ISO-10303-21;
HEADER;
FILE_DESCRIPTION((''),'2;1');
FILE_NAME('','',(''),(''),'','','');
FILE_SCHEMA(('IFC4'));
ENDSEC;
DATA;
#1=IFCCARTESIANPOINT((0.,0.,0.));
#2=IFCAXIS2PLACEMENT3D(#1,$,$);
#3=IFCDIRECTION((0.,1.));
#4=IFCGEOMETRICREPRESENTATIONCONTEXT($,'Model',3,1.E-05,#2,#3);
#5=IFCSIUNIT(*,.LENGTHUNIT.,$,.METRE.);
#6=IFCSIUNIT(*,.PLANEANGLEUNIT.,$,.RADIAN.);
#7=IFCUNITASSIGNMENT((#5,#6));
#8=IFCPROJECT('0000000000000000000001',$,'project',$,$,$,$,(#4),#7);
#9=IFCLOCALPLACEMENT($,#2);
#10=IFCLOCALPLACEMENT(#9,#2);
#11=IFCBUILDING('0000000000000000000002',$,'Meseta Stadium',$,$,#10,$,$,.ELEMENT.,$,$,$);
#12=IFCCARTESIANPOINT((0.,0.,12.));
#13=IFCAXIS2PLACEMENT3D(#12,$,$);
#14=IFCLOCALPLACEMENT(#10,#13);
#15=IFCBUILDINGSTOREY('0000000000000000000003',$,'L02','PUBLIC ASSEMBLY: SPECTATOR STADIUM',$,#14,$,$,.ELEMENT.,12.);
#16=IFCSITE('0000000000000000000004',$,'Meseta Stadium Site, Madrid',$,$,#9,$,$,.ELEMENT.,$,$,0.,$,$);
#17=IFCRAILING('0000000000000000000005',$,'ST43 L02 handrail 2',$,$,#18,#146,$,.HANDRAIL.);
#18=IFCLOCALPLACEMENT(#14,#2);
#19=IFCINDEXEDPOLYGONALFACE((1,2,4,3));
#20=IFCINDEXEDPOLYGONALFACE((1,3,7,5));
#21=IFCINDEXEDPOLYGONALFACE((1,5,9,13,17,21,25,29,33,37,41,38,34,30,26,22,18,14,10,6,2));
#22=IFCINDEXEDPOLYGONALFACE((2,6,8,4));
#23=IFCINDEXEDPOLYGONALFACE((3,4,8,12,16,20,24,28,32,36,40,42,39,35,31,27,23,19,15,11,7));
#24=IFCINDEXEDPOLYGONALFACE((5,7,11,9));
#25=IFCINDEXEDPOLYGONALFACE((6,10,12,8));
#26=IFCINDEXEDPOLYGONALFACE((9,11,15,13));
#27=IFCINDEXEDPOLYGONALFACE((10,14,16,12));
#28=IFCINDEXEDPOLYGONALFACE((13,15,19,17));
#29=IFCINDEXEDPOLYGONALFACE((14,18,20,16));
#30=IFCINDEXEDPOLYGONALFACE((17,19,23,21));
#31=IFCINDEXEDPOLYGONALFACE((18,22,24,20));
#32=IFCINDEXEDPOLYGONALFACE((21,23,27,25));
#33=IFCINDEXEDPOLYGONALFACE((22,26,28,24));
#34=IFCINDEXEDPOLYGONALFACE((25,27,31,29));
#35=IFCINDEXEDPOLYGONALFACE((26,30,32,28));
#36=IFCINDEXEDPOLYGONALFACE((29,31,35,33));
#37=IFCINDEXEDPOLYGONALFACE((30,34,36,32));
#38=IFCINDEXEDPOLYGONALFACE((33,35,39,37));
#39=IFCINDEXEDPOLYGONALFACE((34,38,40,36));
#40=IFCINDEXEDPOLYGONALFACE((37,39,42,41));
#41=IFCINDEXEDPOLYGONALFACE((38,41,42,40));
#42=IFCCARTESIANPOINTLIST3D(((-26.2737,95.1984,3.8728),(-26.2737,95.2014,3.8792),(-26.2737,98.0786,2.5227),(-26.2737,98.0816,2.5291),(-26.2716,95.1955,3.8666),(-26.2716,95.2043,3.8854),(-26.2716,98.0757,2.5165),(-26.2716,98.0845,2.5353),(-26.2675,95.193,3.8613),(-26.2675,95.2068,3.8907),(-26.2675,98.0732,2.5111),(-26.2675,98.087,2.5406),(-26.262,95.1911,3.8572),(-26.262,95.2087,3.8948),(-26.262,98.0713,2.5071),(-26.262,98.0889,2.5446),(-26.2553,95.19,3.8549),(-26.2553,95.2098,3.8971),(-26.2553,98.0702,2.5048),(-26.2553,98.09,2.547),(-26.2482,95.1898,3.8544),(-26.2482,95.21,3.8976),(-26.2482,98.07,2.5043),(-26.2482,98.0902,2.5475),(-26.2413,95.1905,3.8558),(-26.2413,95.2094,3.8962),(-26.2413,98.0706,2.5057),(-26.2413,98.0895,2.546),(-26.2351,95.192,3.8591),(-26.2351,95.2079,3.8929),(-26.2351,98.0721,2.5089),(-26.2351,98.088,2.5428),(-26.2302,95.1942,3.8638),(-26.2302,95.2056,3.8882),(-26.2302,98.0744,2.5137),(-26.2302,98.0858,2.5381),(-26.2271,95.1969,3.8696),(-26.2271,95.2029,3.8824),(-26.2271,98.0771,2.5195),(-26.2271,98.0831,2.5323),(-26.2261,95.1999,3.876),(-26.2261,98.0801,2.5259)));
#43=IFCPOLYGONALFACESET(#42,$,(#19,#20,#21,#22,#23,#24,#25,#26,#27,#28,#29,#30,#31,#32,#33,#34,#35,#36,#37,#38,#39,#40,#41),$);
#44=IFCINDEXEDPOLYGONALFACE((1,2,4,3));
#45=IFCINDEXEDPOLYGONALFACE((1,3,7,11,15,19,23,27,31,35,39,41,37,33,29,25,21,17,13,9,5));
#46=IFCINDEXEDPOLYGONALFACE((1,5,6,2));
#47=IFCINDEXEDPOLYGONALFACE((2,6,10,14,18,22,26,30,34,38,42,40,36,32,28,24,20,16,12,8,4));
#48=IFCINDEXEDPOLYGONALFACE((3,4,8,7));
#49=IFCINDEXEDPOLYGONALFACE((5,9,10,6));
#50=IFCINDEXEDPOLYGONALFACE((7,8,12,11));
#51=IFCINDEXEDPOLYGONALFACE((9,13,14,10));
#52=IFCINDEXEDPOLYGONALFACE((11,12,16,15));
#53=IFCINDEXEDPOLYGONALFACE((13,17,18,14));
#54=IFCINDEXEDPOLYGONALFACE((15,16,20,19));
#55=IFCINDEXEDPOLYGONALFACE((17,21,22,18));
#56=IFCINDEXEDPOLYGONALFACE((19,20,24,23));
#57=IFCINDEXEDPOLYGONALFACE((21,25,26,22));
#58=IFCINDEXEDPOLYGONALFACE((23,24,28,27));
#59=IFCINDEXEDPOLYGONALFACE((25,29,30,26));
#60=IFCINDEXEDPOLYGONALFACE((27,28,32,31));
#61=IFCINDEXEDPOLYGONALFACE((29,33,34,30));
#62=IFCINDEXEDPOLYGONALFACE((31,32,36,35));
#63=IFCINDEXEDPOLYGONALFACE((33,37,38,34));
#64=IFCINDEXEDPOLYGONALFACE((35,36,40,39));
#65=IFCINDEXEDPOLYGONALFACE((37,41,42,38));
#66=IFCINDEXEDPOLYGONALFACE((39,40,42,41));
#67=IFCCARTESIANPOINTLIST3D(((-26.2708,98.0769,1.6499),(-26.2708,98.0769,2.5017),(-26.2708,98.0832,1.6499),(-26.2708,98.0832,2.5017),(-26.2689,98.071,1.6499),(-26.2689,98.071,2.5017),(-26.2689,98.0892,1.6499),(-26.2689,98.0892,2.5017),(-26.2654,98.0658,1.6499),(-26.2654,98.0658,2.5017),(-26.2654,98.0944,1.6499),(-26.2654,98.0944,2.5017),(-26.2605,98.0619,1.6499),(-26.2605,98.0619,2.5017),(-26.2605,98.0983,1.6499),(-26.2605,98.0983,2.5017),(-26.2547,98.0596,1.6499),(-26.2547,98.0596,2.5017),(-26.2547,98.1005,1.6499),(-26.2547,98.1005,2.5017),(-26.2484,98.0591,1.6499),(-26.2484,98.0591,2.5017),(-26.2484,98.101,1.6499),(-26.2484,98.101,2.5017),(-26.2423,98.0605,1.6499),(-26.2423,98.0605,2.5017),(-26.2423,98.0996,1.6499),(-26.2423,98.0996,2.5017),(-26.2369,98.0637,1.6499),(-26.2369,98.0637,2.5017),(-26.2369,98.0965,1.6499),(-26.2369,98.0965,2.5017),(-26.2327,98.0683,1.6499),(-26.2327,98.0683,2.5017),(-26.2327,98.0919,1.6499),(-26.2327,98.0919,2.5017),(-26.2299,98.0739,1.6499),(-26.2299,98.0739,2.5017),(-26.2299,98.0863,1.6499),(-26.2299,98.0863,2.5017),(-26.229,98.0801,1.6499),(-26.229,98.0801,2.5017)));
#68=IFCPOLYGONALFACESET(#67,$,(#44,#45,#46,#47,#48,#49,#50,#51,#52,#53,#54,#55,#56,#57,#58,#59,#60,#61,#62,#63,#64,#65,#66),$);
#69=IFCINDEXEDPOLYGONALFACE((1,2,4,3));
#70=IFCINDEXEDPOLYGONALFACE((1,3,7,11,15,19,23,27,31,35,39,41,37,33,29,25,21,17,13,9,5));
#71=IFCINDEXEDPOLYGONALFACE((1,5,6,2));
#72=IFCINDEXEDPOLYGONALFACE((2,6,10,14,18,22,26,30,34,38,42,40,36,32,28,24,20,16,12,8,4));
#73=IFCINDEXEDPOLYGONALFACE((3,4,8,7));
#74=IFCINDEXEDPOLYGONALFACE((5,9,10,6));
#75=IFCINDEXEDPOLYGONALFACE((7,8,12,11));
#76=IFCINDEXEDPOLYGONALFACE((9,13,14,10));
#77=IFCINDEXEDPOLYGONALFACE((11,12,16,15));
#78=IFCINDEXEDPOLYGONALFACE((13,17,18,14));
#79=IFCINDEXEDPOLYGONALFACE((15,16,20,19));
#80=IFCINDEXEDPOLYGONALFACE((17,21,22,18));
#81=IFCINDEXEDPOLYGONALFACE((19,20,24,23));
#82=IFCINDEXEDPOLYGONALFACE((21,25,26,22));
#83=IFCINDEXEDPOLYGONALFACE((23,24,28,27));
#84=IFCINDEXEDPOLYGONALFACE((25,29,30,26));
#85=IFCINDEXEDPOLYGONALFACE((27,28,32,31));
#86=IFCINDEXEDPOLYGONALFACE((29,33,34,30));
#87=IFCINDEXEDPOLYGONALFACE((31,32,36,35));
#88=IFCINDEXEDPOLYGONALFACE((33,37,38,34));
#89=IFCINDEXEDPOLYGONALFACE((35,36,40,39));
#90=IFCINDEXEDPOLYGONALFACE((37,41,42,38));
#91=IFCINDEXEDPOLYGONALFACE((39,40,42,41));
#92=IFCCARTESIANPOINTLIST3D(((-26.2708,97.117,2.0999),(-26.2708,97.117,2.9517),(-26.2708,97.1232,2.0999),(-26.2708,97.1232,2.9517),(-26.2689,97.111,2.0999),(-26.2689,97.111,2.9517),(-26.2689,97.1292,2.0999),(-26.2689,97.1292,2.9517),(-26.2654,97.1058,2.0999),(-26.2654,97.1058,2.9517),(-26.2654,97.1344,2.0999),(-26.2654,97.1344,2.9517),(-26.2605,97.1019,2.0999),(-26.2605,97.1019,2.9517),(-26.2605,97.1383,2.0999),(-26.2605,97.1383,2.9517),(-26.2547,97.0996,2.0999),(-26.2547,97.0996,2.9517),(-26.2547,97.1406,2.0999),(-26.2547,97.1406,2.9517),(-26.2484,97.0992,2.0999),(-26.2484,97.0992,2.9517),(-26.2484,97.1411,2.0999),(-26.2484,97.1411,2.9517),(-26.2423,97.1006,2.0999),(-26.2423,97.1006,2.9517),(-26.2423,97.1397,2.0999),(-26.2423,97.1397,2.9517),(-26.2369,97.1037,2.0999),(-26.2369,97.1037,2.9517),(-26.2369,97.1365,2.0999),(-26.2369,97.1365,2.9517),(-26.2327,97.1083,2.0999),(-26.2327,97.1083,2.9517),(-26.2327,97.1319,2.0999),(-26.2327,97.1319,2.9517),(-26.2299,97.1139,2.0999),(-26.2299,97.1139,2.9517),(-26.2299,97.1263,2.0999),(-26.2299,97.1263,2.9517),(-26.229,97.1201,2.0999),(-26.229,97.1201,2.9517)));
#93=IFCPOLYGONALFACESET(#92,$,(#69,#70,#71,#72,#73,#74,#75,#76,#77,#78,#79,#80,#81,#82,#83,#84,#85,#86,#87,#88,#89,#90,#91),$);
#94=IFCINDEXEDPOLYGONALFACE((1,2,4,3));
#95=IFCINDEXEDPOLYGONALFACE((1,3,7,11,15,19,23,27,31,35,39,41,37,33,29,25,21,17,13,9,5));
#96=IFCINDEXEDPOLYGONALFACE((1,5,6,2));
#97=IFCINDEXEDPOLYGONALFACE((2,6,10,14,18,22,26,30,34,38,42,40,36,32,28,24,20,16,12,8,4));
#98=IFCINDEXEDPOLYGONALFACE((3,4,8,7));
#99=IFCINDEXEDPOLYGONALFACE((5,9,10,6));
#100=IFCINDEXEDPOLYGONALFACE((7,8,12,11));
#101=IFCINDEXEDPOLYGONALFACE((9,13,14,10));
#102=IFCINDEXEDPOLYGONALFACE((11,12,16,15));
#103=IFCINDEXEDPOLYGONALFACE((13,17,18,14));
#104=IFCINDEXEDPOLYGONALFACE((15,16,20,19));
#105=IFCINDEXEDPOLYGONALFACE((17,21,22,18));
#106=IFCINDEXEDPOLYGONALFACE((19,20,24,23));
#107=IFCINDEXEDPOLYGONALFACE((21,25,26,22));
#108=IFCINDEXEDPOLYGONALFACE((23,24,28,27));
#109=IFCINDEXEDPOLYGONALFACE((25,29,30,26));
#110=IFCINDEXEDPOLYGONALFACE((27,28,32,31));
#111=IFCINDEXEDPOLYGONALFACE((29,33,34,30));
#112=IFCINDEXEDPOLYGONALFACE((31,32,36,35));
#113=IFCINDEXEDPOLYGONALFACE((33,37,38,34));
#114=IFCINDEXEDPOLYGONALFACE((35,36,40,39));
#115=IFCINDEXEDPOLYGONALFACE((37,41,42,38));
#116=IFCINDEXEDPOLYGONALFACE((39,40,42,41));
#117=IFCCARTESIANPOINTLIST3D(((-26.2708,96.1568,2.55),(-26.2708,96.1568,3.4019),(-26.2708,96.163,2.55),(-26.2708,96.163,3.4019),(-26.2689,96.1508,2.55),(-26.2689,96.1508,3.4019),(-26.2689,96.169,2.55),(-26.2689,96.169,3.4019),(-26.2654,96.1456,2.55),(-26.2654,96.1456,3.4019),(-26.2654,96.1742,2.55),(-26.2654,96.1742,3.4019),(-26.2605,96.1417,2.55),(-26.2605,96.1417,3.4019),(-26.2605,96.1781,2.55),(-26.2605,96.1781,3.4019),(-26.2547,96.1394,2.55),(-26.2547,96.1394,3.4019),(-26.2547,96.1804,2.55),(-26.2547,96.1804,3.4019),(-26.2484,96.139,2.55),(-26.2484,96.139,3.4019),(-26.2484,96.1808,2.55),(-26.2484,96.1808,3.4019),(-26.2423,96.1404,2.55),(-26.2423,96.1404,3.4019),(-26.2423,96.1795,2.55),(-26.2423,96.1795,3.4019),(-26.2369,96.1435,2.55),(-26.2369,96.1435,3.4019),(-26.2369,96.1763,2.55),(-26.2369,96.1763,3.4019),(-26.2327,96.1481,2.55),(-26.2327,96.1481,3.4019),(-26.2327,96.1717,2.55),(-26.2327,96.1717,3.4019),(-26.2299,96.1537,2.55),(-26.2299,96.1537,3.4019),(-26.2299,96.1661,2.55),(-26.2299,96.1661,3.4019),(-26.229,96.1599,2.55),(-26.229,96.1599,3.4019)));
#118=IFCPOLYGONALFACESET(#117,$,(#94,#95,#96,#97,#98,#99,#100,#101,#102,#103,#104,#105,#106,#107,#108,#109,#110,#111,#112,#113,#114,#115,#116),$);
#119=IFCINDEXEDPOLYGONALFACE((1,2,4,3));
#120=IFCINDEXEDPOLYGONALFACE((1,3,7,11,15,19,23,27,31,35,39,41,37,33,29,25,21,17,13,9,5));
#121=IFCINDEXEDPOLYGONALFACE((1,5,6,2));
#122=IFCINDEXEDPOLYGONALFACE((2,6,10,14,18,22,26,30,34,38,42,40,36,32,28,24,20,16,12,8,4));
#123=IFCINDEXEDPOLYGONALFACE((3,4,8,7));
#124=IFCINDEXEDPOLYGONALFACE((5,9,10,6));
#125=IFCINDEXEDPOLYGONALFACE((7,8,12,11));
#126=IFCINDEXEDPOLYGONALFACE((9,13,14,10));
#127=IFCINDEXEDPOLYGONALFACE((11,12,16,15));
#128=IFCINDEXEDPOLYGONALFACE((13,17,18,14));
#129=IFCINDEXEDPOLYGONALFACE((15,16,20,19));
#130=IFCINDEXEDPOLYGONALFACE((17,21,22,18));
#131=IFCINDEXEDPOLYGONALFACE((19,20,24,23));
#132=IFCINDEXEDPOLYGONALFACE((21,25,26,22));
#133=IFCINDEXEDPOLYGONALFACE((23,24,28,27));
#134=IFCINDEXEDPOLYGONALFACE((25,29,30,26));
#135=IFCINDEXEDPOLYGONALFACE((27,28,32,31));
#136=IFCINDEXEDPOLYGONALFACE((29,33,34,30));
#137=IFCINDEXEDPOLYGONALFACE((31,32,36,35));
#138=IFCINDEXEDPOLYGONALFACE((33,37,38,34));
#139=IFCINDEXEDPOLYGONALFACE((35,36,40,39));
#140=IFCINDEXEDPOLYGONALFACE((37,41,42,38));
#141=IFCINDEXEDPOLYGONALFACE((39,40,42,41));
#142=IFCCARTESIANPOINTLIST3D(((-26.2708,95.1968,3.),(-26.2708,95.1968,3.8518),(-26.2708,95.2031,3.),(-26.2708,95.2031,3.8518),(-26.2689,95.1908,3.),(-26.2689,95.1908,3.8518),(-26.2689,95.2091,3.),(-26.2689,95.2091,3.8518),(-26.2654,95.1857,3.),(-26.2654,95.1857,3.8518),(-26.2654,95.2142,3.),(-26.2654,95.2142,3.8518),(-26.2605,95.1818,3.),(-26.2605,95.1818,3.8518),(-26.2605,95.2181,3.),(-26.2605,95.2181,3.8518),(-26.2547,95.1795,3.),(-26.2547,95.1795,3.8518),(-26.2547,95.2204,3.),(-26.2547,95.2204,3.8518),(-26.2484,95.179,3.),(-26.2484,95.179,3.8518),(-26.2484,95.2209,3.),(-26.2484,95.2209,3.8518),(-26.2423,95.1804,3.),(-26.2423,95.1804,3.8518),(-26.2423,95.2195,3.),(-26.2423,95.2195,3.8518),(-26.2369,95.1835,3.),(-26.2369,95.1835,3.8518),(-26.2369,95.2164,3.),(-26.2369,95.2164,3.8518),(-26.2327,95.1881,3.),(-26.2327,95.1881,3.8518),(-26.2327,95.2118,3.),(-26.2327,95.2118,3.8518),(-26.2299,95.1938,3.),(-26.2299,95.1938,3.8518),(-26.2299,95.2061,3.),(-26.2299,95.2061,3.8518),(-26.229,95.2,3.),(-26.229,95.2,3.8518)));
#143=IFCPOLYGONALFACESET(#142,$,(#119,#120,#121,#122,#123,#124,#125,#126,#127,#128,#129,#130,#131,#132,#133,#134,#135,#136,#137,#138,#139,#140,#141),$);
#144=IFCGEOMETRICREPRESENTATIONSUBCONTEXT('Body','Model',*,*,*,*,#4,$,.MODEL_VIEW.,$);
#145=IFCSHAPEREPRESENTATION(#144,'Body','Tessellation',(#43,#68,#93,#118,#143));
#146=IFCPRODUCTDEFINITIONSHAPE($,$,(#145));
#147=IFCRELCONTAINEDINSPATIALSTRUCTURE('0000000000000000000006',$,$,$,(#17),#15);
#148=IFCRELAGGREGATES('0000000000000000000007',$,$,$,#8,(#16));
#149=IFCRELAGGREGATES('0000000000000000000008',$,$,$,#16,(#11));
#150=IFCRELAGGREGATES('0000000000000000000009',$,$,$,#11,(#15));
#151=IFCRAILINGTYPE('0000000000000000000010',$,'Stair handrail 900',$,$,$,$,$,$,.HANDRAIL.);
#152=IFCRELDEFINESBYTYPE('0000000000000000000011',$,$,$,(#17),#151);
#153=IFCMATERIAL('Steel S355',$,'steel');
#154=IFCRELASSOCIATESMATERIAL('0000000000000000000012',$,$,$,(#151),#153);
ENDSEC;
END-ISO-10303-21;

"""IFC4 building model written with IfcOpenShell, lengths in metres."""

from ifc_helpers import new_model, si_unit, direction, frame, origin, origin_2d, place, context, subcontext, project, spatial, circle, extrude, material, type_object, element, save


model = new_model("IFC4")

# Units and contexts
model_context = context("Model", 3, precision=1e-05, world=origin(), true_north=direction((0.0, 1.0)))
body_context = subcontext(model_context, "Body", "Model", "MODEL_VIEW")
ifc_project = project(units=[si_unit("LENGTHUNIT", "METRE"), si_unit("PLANEANGLEUNIT", "RADIAN")], contexts=[model_context])

# Site, building, storey
site_placement = place(None, origin())
site = spatial("IfcSite", under=ifc_project, at=site_placement, Name="Meseta Stadium Site, Madrid", CompositionType="ELEMENT", RefElevation=0.0)
building_placement = place(site_placement, origin())
building = spatial("IfcBuilding", under=site, at=building_placement, Name="Meseta Stadium", CompositionType="ELEMENT")
storey_placement = place(building_placement, frame((0.0, 0.0, 12.0)))
storey = spatial("IfcBuildingStorey", under=building, at=storey_placement, Name="L02", Description="PUBLIC ASSEMBLY: SPECTATOR STADIUM", CompositionType="ELEMENT", Elevation=12.0)

# Railing
ifc_material_1 = material(Name="Steel S355", Category="steel")
railing_type_1 = type_object("IfcRailingType", Name="Stair handrail 900", PredefinedType="HANDRAIL", material=ifc_material_1)
for number, where, name in (
    (1, (-26.25, 98.0801, 1.6499), "ST43 L02 handrail 2"),
):
    element("IfcRailing", number, at=place(storey_placement, frame(where)), inside=storey, type_object=railing_type_1, Name=name, PredefinedType="HANDRAIL", context=body_context, shape_type="SweptSolid", body=[
        extrude(circle(Radius=0.0239, at=origin_2d()), frame((0.0, 0.0, 0.876), z_axis=(0.0, -0.905454, 0.424444), x_axis=(1.0, 0.0, 0.0)), (0.0, 0.0, 1.0), 3.1809),
        extrude(circle(Radius=0.021, at=origin_2d()), origin(), (0.0, 0.0, 1.0), 0.8518),
        extrude(circle(Radius=0.021, at=origin_2d()), frame((0.0, -0.96, 0.45)), (0.0, 0.0, 1.0), 0.8518),
        extrude(circle(Radius=0.021, at=origin_2d()), frame((0.0, -1.9202, 0.9001)), (0.0, 0.0, 1.0), 0.8518),
        extrude(circle(Radius=0.021, at=origin_2d()), frame((0.0, -2.8801, 1.3501)), (0.0, 0.0, 1.0), 0.8518),
    ])

save(model, "model.ifc")
